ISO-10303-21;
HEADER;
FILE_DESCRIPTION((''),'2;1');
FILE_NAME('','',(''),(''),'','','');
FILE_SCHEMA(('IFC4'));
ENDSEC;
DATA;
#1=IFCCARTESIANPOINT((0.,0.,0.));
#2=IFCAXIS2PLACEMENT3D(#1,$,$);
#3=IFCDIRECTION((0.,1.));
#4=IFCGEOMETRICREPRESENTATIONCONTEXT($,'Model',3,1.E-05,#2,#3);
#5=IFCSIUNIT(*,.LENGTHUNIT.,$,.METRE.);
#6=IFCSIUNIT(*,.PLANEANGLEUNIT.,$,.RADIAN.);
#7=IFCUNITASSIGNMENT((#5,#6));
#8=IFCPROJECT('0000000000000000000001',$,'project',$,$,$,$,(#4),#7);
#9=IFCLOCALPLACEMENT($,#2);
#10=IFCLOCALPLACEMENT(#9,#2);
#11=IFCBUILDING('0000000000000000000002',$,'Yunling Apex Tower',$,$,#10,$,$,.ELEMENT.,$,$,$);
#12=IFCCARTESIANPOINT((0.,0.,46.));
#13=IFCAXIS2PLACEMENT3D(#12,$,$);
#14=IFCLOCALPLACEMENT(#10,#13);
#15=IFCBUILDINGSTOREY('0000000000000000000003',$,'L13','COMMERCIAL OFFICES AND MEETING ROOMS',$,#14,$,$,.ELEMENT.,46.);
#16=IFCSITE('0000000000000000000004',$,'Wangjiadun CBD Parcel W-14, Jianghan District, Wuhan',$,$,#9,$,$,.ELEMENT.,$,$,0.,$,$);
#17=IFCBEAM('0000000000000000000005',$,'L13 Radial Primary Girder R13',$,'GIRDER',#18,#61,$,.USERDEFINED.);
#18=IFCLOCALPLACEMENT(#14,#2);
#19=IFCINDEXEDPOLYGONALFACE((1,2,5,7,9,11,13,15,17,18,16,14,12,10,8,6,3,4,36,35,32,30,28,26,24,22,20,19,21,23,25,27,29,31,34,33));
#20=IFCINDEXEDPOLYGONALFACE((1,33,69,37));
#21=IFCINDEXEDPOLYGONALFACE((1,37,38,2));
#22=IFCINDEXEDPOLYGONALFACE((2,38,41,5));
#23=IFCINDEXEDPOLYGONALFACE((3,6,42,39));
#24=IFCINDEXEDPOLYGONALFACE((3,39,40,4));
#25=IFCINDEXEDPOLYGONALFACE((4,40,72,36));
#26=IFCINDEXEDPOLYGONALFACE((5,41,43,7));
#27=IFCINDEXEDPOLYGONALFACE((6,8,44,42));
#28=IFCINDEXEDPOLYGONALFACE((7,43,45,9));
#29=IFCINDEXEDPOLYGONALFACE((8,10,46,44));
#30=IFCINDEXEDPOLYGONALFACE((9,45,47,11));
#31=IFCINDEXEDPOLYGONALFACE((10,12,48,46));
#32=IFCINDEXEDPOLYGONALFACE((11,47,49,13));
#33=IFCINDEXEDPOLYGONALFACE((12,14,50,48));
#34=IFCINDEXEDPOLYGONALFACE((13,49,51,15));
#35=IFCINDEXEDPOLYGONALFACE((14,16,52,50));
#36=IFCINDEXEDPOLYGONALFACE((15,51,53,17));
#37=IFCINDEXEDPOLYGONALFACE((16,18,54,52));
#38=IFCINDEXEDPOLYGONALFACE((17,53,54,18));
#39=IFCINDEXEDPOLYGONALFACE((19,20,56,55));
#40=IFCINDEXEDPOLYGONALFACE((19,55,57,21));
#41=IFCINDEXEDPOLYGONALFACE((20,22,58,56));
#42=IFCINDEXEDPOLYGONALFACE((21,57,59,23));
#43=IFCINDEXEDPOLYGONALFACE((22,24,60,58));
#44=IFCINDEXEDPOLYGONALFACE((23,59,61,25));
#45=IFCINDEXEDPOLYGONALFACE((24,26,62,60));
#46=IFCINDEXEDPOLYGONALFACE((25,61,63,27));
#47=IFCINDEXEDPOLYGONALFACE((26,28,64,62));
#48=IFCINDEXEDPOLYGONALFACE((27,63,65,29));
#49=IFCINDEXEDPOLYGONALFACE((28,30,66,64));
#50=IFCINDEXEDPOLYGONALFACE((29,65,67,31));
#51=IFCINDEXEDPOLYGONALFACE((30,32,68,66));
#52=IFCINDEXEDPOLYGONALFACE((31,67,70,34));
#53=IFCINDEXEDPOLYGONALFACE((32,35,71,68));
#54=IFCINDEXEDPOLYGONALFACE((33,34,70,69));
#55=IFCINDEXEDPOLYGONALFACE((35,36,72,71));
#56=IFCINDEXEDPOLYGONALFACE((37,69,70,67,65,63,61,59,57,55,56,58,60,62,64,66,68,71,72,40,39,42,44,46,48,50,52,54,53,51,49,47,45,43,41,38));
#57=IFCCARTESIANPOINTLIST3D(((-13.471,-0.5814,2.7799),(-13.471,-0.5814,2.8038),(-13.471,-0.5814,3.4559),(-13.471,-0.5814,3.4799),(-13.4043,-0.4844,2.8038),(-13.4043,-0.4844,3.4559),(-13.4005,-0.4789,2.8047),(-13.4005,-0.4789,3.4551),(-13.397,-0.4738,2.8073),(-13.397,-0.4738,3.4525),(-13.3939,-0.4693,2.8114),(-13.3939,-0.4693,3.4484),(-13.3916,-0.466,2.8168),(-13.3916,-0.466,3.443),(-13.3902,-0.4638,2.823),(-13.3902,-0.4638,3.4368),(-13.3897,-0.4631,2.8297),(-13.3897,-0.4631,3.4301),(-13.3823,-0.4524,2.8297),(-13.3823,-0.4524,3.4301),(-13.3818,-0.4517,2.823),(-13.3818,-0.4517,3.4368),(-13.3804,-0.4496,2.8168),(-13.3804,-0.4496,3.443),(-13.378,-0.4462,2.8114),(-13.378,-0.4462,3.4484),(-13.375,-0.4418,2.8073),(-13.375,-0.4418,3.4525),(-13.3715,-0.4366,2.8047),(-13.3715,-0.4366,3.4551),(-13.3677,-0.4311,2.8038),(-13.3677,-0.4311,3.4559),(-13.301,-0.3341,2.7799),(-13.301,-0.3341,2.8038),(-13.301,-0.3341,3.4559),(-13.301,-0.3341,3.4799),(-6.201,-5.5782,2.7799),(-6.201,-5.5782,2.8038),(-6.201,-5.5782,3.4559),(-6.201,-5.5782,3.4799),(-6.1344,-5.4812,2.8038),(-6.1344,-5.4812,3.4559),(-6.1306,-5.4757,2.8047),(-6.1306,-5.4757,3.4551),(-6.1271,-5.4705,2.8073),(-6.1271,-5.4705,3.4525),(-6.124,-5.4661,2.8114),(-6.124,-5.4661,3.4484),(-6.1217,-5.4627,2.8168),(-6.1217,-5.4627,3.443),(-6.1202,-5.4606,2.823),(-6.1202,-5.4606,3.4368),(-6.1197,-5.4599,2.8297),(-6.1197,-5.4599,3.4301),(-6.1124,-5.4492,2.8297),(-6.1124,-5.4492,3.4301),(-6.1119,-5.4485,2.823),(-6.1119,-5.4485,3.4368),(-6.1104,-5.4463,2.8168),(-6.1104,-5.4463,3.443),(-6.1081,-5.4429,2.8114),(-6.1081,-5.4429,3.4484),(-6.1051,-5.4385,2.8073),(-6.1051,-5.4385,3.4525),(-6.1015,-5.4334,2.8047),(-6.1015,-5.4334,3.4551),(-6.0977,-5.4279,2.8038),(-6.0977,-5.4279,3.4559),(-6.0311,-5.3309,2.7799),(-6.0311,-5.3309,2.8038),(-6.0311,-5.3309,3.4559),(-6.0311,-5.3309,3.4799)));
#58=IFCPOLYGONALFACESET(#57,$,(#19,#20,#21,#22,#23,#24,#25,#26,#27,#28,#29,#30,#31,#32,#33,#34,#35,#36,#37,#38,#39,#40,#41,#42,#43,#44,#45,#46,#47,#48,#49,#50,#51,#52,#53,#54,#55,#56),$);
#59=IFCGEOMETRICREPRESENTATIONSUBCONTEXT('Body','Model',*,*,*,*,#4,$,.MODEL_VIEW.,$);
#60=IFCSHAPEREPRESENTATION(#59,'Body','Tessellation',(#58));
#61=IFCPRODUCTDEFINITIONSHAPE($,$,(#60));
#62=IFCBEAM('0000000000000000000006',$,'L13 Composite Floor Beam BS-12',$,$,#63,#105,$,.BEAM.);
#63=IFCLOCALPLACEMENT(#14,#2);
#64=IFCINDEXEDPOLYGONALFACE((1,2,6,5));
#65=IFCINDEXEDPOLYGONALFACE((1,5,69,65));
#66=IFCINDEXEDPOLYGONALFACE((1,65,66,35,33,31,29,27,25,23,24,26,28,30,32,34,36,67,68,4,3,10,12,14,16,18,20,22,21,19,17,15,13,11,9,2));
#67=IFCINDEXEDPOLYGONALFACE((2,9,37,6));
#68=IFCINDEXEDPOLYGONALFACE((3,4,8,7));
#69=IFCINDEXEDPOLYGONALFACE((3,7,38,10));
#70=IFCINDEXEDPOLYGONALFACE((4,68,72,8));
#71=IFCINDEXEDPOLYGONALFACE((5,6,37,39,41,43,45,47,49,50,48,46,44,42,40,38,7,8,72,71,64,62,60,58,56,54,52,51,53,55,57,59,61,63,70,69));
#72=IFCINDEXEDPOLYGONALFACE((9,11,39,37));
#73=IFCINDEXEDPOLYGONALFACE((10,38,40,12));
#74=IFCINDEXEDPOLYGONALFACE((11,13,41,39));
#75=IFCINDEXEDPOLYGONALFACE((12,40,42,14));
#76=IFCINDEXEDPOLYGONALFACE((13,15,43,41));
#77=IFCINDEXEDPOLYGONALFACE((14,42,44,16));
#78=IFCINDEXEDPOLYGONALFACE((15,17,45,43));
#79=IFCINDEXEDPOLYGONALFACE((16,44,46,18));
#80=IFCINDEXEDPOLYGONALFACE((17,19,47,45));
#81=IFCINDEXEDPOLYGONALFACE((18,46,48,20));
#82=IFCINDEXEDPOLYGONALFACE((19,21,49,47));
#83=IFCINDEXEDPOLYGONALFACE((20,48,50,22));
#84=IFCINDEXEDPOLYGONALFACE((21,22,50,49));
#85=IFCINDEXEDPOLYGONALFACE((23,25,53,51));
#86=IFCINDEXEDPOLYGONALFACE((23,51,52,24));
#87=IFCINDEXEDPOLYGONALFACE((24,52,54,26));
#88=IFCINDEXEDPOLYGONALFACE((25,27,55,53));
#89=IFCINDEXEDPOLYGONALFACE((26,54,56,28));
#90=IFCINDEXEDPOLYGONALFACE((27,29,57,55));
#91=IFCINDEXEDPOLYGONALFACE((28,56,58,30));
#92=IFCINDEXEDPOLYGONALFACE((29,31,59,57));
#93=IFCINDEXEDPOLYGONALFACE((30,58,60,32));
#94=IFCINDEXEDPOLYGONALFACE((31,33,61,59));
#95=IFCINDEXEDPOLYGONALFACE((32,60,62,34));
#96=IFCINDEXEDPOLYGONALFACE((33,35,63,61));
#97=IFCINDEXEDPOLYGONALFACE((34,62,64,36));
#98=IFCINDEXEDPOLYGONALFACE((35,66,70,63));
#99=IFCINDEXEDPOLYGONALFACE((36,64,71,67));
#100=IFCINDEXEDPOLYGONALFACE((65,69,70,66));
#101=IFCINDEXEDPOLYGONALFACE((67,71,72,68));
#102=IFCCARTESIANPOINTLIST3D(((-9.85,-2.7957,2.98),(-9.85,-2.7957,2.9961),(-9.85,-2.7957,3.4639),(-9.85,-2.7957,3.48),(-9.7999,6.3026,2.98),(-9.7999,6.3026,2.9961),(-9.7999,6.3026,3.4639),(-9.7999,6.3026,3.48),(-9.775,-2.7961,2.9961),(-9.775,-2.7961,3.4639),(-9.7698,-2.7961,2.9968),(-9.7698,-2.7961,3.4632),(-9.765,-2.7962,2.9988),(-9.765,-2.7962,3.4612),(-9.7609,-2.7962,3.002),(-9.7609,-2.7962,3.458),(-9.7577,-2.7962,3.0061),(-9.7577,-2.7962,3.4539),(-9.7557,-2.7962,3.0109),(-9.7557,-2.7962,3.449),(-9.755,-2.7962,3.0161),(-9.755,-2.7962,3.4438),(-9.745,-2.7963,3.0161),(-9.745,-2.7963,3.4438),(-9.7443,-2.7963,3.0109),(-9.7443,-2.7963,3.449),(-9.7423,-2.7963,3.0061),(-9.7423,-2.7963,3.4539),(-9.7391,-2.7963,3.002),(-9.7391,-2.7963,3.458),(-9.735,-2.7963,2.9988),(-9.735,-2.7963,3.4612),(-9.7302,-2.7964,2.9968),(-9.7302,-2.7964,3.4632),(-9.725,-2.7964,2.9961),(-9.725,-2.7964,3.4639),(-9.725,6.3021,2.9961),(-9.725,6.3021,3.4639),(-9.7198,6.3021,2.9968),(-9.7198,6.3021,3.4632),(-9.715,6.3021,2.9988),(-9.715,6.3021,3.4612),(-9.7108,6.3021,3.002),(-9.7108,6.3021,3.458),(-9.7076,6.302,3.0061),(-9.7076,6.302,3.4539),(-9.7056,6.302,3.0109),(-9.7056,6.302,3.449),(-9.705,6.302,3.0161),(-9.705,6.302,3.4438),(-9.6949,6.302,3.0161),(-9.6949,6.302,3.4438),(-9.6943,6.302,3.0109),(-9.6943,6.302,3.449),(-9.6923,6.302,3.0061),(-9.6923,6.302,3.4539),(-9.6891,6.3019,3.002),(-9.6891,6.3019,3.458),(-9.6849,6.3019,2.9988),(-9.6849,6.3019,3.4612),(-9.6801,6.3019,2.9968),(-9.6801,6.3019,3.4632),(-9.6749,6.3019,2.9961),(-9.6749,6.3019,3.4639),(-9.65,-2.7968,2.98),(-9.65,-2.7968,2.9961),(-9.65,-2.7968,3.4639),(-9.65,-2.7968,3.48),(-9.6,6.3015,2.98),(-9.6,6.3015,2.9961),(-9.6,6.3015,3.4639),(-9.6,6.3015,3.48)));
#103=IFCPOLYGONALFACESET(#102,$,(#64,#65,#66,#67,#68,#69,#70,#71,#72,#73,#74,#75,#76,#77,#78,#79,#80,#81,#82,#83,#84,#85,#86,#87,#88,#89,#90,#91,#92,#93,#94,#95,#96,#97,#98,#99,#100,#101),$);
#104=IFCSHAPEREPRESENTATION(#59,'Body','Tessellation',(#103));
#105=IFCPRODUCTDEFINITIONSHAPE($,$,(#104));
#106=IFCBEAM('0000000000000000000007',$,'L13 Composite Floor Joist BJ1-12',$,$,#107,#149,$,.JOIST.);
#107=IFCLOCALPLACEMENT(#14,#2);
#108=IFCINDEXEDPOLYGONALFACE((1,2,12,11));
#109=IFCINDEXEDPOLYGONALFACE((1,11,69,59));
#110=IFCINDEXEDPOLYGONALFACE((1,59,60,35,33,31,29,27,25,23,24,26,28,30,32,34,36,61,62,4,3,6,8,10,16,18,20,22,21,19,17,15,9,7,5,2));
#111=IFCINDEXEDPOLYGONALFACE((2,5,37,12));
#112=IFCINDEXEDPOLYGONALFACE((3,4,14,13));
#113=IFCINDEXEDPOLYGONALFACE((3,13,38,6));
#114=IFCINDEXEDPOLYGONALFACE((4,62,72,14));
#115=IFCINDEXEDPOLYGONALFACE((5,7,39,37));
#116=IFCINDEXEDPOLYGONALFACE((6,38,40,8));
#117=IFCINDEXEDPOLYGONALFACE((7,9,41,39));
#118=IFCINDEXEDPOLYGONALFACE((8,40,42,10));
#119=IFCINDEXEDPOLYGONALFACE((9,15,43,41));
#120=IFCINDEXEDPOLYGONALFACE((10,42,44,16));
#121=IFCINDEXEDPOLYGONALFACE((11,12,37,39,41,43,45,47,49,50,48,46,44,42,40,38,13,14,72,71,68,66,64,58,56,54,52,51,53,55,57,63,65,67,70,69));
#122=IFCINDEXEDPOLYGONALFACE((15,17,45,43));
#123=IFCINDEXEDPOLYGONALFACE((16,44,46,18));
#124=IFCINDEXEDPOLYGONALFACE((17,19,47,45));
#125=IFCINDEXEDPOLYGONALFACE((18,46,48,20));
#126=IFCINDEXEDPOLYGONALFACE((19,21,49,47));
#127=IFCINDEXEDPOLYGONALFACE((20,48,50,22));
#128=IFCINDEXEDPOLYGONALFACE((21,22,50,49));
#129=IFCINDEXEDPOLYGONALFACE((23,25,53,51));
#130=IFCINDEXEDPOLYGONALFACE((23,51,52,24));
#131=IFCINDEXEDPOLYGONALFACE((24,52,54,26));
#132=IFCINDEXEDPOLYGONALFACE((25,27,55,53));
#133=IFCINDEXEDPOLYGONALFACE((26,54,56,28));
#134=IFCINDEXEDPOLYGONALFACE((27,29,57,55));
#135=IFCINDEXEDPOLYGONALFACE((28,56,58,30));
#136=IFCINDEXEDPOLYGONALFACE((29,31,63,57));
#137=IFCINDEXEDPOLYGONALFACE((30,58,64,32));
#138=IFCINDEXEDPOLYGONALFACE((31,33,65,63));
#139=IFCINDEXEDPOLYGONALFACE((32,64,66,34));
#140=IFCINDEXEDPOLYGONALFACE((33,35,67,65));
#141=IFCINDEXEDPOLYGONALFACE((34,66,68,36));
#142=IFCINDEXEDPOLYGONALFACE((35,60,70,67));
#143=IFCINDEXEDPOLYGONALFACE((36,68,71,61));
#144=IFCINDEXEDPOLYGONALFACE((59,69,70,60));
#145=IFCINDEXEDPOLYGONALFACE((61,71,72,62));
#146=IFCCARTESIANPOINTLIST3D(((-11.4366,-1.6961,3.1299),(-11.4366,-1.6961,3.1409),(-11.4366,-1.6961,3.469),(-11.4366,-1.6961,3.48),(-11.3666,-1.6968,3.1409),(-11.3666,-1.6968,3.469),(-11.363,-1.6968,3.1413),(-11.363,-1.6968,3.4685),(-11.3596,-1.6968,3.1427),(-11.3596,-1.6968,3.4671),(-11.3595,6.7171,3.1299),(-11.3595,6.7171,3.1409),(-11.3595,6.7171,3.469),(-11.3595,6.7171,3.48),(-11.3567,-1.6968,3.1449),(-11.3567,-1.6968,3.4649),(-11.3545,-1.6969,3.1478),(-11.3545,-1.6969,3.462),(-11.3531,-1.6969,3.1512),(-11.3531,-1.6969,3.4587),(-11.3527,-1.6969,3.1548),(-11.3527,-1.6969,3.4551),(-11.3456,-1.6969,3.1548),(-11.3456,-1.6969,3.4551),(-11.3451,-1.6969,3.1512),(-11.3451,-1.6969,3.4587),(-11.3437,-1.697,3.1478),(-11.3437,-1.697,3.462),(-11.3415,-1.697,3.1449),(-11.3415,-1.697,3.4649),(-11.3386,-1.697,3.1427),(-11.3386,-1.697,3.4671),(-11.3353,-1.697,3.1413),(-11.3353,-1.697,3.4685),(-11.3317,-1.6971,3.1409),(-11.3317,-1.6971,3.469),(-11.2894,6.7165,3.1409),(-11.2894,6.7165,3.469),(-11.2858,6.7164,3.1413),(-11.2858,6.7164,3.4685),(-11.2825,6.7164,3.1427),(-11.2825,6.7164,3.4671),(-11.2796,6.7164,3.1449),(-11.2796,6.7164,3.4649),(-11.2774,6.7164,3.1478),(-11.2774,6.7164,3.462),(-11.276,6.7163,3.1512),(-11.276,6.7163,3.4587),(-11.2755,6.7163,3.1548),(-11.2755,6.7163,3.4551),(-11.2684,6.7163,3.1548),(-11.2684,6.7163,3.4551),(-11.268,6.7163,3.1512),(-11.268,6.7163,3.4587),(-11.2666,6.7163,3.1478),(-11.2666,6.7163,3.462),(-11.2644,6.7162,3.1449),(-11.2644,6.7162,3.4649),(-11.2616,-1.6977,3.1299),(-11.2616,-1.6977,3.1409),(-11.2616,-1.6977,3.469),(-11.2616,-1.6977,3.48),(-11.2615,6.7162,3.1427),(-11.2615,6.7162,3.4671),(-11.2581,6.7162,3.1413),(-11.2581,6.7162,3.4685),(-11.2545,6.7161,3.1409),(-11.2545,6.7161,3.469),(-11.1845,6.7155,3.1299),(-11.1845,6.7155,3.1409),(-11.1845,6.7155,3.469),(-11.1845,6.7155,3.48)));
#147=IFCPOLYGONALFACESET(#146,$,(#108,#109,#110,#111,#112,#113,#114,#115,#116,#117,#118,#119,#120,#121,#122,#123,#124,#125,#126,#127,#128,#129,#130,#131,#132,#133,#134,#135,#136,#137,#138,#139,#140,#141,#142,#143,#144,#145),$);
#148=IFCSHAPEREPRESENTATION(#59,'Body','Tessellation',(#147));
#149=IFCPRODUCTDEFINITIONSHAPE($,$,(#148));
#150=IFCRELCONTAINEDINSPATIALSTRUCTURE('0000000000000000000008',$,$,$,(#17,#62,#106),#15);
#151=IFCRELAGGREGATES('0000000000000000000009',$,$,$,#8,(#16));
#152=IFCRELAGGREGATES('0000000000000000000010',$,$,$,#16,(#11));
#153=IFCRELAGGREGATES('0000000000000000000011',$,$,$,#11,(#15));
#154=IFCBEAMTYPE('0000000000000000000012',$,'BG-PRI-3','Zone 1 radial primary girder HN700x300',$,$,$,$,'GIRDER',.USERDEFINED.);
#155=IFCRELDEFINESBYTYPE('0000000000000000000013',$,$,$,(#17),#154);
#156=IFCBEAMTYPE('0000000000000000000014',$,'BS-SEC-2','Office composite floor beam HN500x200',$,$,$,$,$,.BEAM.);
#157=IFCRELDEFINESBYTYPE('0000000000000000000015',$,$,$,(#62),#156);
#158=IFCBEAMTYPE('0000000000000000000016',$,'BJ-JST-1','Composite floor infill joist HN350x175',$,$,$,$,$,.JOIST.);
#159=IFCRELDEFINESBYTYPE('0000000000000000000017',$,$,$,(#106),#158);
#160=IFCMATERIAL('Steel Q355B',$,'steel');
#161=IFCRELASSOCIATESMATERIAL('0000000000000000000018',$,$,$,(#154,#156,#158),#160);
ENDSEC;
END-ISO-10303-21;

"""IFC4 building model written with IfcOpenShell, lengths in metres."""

from ifc_helpers import new_model, si_unit, direction, frame, origin, origin_2d, place, context, subcontext, project, spatial, i_section, extrude, source, transform, mapped, material, material_profile, profile_set, type_object, element, save


model = new_model("IFC4")

# Units and contexts
model_context = context("Model", 3, precision=1e-05, world=origin(), true_north=direction((0.0, 1.0)))
body_context = subcontext(model_context, "Body", "Model", "MODEL_VIEW")
ifc_project = project(units=[si_unit("LENGTHUNIT", "METRE"), si_unit("PLANEANGLEUNIT", "RADIAN")], contexts=[model_context])

# Site, building, storey
site_placement = place(None, origin())
site = spatial("IfcSite", under=ifc_project, at=site_placement, Name="Wangjiadun CBD Parcel W-14, Jianghan District, Wuhan", CompositionType="ELEMENT", RefElevation=0.0)
building_placement = place(site_placement, origin())
building = spatial("IfcBuilding", under=site, at=building_placement, Name="Yunling Apex Tower", CompositionType="ELEMENT")
storey_placement = place(building_placement, frame((0.0, 0.0, 46.0)))
storey = spatial("IfcBuildingStorey", under=building, at=storey_placement, Name="L13", Description="COMMERCIAL OFFICES AND MEETING ROOMS", CompositionType="ELEMENT", Elevation=46.0)

# Beams
ifc_material_1 = material(Name="Steel Q355B", Category="steel")
ifc_material_profile_1 = material_profile(ifc_material_1, i_section(OverallWidth=0.3, OverallDepth=0.7, WebThickness=0.0129, FlangeThickness=0.0239, FilletRadius=0.0259, at=origin_2d()))
ifc_profile_set_1 = profile_set([ifc_material_profile_1], Name="Steel Q355B")
beam_type_1 = type_object("IfcBeamType", Name="BG-PRI-3", Description="Zone 1 radial primary girder HN700x300", ElementType="GIRDER", PredefinedType="USERDEFINED", material=ifc_profile_set_1)
shared_shape_1 = source(origin(), body_context, "Body", "SweptSolid", [
    extrude(i_section(OverallWidth=0.3, OverallDepth=0.7, WebThickness=0.0129, FlangeThickness=0.0239, FilletRadius=0.0259, at=origin_2d()), origin(), (0.0, 0.0, 1.0), 8.8215),
])
beam_1_placement = place(storey_placement, frame((-13.386, -0.4578, 3.1299), z_axis=(0.824111, -0.566428, 0.0), x_axis=(0.566428, 0.824111, 0.0)))
element("IfcBeam", 1, at=beam_1_placement, inside=storey, type_object=beam_type_1, Name="L13 Radial Primary Girder R13", ObjectType="GIRDER", PredefinedType="USERDEFINED", context=body_context, shape_type="MappedRepresentation", body=[
    mapped(shared_shape_1, transform((0.0, 0.0, 0.0), scale=1.0)),
])
ifc_material_profile_2 = material_profile(ifc_material_1, i_section(OverallWidth=0.2, OverallDepth=0.5, WebThickness=0.01, FlangeThickness=0.0161, FilletRadius=0.02, at=origin_2d()))
ifc_profile_set_2 = profile_set([ifc_material_profile_2], Name="Steel Q355B")
beam_type_2 = type_object("IfcBeamType", Name="BS-SEC-2", Description="Office composite floor beam HN500x200", PredefinedType="BEAM", material=ifc_profile_set_2)
shared_shape_2 = source(origin(), body_context, "Body", "SweptSolid", [
    extrude(i_section(OverallWidth=0.2, OverallDepth=0.5, WebThickness=0.01, FlangeThickness=0.0161, FilletRadius=0.02, at=origin_2d()), origin(), (0.0, 0.0, 1.0), 9.0984),
])
beam_2_placement = place(storey_placement, frame((-9.7, 6.302, 3.23), z_axis=(-0.005501, -0.999985, 0.0), x_axis=(0.999985, -0.005501, 0.0)))
element("IfcBeam", 2, at=beam_2_placement, inside=storey, type_object=beam_type_2, Name="L13 Composite Floor Beam BS-12", PredefinedType="BEAM", context=body_context, shape_type="MappedRepresentation", body=[
    mapped(shared_shape_2, transform((0.0, 0.0, 0.0), scale=1.0)),
])
ifc_material_profile_3 = material_profile(ifc_material_1, i_section(OverallWidth=0.175, OverallDepth=0.3501, WebThickness=0.0071, FlangeThickness=0.011, FilletRadius=0.0139, at=origin_2d()))
ifc_profile_set_3 = profile_set([ifc_material_profile_3], Name="Steel Q355B")
beam_type_3 = type_object("IfcBeamType", Name="BJ-JST-1", Description="Composite floor infill joist HN350x175", PredefinedType="JOIST", material=ifc_profile_set_3)
shared_shape_3 = source(origin(), body_context, "Body", "SweptSolid", [
    extrude(i_section(OverallWidth=0.175, OverallDepth=0.3501, WebThickness=0.0071, FlangeThickness=0.011, FilletRadius=0.0139, at=origin_2d()), origin(), (0.0, 0.0, 1.0), 8.4136),
])
beam_3_placement = place(storey_placement, frame((-11.272, 6.7163, 3.3049), z_axis=(-0.009169, -0.999958, 0.0), x_axis=(0.999958, -0.009169, 0.0)))
element("IfcBeam", 3, at=beam_3_placement, inside=storey, type_object=beam_type_3, Name="L13 Composite Floor Joist BJ1-12", PredefinedType="JOIST", context=body_context, shape_type="MappedRepresentation", body=[
    mapped(shared_shape_3, transform((0.0, 0.0, 0.0), scale=1.0)),
])

save(model, "model.ifc")
